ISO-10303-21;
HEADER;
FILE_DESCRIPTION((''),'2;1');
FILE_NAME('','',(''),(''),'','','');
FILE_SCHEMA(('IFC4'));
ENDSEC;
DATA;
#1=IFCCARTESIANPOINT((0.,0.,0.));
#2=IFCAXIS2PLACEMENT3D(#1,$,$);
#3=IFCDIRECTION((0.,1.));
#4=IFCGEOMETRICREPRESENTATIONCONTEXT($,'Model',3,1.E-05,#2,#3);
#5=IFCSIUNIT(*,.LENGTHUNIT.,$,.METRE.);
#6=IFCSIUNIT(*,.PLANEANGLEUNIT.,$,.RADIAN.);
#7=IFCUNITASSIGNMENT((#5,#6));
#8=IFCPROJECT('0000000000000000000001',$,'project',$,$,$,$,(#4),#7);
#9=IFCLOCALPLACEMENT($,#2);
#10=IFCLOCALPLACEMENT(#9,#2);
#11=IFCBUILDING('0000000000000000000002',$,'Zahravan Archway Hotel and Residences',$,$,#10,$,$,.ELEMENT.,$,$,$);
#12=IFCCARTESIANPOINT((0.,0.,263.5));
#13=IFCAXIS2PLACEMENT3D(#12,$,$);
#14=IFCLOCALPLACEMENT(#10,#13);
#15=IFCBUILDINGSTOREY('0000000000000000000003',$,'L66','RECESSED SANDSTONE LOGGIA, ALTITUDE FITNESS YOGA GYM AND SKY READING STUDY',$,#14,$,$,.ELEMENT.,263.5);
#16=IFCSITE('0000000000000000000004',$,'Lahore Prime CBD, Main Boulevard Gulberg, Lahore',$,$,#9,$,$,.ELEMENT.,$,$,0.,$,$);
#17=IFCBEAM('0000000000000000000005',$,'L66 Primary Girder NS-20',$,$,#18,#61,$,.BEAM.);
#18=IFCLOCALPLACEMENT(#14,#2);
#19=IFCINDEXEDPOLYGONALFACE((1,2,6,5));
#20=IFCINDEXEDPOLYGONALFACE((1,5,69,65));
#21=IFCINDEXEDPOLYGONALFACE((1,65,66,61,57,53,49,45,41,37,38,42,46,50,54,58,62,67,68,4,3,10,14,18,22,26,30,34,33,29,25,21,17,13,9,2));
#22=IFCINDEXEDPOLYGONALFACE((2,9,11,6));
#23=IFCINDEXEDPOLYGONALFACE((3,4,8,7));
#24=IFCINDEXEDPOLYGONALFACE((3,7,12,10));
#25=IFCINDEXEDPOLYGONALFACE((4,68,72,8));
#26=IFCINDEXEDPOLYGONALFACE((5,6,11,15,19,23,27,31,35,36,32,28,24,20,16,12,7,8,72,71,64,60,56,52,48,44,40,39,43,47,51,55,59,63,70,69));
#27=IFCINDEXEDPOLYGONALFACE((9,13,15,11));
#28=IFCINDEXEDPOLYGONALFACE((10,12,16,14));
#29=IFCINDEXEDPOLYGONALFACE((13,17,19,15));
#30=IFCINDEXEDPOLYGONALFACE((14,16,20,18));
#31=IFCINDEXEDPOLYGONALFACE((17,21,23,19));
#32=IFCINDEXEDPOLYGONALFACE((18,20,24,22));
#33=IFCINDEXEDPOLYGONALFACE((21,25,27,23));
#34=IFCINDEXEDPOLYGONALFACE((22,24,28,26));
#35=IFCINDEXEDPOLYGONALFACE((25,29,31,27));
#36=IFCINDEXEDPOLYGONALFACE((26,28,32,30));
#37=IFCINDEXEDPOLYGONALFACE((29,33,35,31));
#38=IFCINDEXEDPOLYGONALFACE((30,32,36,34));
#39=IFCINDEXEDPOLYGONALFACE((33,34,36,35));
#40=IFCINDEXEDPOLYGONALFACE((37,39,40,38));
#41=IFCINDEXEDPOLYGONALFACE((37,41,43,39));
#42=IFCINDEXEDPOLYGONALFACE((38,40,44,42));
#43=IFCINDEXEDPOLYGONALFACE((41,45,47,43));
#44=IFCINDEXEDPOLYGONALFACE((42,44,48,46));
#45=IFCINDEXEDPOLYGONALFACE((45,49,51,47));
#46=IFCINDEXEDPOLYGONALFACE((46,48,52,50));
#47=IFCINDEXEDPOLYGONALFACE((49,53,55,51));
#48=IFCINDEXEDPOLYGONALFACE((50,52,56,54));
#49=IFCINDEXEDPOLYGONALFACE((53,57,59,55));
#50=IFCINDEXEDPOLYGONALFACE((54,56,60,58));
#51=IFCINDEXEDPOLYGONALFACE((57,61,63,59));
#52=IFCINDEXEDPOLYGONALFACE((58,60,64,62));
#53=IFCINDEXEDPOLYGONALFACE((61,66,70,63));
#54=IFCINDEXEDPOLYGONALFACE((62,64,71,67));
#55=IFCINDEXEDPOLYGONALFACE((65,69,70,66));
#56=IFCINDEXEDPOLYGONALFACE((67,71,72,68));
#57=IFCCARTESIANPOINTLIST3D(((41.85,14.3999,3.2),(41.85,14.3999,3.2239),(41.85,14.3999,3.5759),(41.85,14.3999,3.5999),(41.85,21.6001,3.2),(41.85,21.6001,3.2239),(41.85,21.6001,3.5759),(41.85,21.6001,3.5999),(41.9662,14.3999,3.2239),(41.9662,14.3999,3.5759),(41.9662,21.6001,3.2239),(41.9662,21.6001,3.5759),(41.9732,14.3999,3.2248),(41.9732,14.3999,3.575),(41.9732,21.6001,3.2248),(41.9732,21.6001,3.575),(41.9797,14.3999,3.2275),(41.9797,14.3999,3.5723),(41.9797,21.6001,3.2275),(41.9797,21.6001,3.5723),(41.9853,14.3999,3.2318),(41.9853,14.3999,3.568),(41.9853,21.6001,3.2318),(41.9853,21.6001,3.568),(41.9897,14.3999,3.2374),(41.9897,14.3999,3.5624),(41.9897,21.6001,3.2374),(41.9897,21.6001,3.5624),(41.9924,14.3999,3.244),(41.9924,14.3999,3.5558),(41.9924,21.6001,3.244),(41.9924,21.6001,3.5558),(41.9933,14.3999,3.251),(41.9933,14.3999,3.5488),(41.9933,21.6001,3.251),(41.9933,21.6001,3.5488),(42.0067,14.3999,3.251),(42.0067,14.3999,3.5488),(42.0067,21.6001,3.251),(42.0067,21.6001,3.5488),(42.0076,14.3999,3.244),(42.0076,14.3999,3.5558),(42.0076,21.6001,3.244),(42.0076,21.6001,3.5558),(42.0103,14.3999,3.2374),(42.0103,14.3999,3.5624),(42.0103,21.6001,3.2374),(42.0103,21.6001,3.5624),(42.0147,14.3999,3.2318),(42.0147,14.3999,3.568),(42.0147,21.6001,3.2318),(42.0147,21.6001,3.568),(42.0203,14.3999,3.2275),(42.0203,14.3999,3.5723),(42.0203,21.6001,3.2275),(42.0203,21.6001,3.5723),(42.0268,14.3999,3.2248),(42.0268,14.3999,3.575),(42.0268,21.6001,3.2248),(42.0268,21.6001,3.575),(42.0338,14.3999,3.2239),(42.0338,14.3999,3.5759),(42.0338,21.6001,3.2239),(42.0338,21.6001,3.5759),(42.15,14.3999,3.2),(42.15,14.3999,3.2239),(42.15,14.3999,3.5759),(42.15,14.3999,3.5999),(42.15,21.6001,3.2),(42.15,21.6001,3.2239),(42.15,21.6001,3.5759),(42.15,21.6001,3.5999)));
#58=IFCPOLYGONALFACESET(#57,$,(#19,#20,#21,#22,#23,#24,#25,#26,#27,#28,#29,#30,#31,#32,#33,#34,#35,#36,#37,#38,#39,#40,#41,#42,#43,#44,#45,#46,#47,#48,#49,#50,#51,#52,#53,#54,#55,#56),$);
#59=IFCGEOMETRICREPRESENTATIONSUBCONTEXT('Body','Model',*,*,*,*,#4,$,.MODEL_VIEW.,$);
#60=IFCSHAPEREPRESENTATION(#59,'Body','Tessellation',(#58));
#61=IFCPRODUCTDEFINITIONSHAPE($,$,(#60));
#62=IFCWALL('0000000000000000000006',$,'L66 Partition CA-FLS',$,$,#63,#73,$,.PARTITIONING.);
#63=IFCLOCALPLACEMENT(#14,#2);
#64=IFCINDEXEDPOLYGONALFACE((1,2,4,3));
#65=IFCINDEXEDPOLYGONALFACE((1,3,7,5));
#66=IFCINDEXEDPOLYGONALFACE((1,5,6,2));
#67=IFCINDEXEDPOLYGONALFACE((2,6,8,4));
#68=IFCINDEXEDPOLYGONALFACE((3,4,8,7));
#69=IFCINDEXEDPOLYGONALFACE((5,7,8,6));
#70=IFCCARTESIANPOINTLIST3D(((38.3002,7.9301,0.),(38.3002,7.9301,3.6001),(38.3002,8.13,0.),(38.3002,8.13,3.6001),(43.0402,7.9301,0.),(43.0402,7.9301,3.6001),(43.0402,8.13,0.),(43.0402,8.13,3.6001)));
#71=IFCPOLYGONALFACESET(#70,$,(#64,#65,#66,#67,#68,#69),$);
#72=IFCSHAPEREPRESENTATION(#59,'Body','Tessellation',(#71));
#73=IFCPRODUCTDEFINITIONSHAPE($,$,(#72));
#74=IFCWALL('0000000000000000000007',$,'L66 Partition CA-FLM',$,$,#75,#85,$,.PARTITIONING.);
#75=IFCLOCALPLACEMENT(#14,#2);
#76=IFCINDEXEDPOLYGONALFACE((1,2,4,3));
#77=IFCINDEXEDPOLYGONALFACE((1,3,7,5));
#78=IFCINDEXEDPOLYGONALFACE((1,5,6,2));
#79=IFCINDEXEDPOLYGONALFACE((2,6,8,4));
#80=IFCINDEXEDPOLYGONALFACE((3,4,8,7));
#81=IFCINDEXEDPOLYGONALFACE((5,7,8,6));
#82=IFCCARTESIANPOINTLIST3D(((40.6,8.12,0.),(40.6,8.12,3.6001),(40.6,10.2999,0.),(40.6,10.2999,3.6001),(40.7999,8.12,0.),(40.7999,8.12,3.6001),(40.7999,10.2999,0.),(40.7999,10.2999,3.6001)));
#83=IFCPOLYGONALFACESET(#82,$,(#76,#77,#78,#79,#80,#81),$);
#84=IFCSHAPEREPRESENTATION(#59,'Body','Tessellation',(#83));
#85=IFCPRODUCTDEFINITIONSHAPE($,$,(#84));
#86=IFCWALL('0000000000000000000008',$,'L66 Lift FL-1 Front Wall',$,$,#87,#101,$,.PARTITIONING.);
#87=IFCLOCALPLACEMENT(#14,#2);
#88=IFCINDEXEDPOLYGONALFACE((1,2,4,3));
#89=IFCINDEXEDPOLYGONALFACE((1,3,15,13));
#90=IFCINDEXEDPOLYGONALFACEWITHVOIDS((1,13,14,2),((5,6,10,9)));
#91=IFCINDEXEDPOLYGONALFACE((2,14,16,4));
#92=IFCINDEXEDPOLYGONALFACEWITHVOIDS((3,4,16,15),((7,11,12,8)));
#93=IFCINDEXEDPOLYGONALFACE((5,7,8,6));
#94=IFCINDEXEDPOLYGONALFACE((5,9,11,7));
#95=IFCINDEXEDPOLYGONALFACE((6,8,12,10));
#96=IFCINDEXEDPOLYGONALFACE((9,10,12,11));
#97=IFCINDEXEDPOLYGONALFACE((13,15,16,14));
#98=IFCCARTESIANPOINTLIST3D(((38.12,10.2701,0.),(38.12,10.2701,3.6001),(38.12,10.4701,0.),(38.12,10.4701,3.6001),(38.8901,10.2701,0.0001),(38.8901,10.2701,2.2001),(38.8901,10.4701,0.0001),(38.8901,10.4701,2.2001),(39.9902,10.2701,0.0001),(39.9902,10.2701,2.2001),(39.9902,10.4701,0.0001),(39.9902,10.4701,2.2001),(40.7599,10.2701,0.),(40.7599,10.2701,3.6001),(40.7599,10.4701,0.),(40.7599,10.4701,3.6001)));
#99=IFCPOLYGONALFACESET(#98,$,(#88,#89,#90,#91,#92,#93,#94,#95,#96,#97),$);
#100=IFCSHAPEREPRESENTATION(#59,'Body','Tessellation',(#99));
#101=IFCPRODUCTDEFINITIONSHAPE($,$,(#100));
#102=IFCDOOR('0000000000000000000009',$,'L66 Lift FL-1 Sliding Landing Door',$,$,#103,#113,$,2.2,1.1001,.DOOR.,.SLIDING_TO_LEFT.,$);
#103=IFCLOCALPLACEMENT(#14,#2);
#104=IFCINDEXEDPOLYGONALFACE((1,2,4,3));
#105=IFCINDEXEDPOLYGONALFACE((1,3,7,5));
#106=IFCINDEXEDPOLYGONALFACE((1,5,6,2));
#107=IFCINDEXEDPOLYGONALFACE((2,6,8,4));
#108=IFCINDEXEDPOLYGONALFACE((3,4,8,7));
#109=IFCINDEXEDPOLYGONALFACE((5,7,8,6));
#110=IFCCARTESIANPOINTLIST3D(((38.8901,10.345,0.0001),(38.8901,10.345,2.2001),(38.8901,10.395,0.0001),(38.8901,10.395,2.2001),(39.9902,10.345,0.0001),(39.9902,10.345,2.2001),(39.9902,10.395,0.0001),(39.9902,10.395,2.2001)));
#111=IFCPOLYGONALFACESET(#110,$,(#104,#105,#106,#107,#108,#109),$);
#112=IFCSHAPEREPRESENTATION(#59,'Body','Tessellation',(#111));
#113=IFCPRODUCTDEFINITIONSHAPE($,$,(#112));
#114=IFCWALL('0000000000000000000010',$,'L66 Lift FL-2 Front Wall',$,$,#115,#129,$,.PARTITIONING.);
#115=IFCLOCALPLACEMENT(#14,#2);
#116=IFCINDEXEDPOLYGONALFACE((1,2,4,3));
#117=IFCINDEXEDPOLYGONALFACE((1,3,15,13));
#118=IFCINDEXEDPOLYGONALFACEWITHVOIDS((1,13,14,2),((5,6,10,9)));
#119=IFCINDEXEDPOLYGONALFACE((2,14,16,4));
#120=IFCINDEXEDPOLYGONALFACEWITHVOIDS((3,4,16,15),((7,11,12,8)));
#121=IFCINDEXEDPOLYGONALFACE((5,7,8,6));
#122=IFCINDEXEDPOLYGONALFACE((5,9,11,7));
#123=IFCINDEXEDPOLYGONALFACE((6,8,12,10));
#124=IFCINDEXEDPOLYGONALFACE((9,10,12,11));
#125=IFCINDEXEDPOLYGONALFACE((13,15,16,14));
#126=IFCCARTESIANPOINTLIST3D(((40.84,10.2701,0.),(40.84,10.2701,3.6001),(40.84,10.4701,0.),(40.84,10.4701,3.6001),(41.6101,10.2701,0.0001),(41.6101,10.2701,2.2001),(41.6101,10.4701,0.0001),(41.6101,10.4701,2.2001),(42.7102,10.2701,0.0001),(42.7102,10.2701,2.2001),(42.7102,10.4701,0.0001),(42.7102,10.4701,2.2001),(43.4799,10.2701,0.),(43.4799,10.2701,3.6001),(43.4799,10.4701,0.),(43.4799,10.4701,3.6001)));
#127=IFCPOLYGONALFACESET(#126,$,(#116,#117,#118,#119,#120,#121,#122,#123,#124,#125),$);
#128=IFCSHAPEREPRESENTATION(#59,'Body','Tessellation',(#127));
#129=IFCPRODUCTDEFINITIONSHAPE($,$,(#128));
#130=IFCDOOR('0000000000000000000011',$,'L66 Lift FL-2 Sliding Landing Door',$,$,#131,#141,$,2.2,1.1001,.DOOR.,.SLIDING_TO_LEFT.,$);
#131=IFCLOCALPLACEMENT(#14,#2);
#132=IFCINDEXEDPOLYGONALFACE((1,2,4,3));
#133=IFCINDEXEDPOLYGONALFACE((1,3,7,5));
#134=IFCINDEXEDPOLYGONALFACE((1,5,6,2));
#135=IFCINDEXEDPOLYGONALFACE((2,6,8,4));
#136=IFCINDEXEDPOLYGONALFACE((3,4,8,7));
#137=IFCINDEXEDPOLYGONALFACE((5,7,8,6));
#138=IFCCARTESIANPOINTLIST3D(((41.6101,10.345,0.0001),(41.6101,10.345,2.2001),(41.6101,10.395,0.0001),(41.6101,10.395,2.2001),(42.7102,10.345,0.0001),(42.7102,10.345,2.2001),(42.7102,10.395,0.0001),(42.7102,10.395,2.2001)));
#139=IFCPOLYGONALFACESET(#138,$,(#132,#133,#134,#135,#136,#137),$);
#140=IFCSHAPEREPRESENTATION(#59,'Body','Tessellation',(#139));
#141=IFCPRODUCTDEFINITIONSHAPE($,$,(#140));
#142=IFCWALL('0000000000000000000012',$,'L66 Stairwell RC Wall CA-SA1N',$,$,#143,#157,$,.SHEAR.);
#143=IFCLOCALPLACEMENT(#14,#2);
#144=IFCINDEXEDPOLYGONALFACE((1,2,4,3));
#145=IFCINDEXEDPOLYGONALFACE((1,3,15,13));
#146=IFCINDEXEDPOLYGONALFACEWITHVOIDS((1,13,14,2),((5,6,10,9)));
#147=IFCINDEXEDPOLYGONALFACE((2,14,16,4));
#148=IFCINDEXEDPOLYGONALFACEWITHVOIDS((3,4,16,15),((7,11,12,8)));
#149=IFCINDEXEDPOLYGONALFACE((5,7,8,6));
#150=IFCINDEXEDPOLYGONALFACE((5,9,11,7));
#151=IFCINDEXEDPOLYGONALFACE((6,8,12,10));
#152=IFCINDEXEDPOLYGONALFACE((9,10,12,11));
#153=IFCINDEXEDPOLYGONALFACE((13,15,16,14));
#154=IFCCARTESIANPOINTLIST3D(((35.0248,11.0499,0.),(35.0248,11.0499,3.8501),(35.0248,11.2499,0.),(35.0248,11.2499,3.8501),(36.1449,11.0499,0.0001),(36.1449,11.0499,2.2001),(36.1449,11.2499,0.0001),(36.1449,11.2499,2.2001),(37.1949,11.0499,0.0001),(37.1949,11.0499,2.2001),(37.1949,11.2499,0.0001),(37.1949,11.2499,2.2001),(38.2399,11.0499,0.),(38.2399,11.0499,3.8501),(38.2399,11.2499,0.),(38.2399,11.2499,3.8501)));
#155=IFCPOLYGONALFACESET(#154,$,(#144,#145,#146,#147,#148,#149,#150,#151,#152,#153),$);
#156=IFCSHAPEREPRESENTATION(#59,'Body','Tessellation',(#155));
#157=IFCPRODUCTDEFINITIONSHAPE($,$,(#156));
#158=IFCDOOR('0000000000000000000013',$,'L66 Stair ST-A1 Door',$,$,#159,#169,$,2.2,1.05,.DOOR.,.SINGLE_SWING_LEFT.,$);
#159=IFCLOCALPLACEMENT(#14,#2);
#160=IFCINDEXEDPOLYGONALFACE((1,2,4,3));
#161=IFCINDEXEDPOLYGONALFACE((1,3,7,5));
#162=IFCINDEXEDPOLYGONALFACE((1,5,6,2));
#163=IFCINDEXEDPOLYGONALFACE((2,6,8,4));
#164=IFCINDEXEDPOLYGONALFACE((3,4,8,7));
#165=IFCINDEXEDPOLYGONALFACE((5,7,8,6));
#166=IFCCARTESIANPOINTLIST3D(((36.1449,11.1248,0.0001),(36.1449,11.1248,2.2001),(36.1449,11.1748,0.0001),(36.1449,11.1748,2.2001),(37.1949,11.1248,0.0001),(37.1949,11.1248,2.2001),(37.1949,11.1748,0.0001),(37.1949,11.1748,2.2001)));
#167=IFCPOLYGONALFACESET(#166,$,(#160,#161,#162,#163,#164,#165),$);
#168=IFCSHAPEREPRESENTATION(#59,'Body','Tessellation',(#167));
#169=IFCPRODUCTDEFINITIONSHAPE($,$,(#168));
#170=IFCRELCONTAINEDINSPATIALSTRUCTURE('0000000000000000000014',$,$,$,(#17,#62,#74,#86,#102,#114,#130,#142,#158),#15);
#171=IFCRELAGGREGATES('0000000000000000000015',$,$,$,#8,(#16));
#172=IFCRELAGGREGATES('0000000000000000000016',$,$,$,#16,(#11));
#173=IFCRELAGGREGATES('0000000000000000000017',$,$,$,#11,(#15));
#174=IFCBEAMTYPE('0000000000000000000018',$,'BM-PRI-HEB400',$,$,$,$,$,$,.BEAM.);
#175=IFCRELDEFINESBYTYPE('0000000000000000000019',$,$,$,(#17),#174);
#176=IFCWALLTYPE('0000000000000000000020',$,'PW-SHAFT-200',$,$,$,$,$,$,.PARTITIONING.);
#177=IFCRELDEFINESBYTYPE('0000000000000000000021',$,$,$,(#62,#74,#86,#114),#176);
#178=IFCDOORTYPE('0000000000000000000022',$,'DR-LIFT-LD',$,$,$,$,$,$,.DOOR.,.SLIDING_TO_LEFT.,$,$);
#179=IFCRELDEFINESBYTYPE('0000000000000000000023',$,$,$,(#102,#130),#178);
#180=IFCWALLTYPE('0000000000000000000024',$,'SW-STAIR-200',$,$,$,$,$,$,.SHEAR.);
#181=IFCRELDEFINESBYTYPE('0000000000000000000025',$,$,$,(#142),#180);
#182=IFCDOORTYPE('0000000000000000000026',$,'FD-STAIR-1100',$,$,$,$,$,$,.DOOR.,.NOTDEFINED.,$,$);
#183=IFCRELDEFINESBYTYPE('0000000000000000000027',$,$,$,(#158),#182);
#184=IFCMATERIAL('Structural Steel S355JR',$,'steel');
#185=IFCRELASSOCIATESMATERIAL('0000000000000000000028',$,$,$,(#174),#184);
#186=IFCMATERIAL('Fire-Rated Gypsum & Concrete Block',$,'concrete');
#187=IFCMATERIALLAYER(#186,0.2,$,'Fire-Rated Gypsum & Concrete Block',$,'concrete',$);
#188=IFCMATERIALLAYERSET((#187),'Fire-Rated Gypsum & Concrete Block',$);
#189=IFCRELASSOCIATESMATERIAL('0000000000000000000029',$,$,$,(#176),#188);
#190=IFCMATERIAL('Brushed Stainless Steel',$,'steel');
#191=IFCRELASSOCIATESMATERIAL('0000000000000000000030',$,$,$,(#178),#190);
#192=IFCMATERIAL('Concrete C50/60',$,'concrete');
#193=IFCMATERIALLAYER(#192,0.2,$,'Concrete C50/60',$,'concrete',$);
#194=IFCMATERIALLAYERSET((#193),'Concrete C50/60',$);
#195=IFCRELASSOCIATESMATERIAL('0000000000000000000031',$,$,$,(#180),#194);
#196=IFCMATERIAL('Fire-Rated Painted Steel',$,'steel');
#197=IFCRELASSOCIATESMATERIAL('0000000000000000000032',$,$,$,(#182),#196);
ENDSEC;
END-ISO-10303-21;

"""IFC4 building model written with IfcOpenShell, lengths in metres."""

from ifc_helpers import new_model, si_unit, direction, frame, frame_2d, origin, origin_2d, place, context, subcontext, project, spatial, rectangle, i_section, extrude, source, transform, mapped, material, layer, layer_set, material_profile, profile_set, type_object, type_shapes, element, fill, save


model = new_model("IFC4")

# Units and contexts
model_context = context("Model", 3, precision=1e-05, world=origin(), true_north=direction((0.0, 1.0)))
body_context = subcontext(model_context, "Body", "Model", "MODEL_VIEW")
ifc_project = project(units=[si_unit("LENGTHUNIT", "METRE"), si_unit("PLANEANGLEUNIT", "RADIAN")], contexts=[model_context])

# Site, building, storey
site_placement = place(None, origin())
site = spatial("IfcSite", under=ifc_project, at=site_placement, Name="Lahore Prime CBD, Main Boulevard Gulberg, Lahore", CompositionType="ELEMENT", RefElevation=0.0)
building_placement = place(site_placement, origin())
building = spatial("IfcBuilding", under=site, at=building_placement, Name="Zahravan Archway Hotel and Residences", CompositionType="ELEMENT")
storey_placement = place(building_placement, frame((0.0, 0.0, 263.5)))
storey = spatial("IfcBuildingStorey", under=building, at=storey_placement, Name="L66", Description="RECESSED SANDSTONE LOGGIA, ALTITUDE FITNESS YOGA GYM AND SKY READING STUDY", CompositionType="ELEMENT", Elevation=263.5)

# Shared definitions
ifc_material_1 = material(Name="Concrete C50/60", Category="concrete")

# Beam
ifc_material_2 = material(Name="Structural Steel S355JR", Category="steel")
ifc_material_profile_1 = material_profile(ifc_material_2, i_section(OverallWidth=0.3, OverallDepth=0.3999, WebThickness=0.0134, FlangeThickness=0.0239, FilletRadius=0.0271, at=origin_2d()), Name="HEB 400", Category="steel")
ifc_profile_set_1 = profile_set([ifc_material_profile_1], Name="Structural Steel S355JR")
beam_type = type_object("IfcBeamType", Name="BM-PRI-HEB400", PredefinedType="BEAM", material=ifc_profile_set_1)
shared_shape_1 = source(origin(), body_context, "Body", "SweptSolid", [
    extrude(i_section(OverallWidth=0.3, OverallDepth=0.3999, WebThickness=0.0134, FlangeThickness=0.0239, FilletRadius=0.0271, at=origin_2d()), origin(), (0.0, 0.0, 1.0), 7.2002),
])
for number, where, z_axis, x_axis, name in (
    (1, (42.0, 14.3999, 3.3999), (0.0, 1.0, 0.0), (-1.0, 0.0, 0.0), "L66 Primary Girder NS-20"),
):
    element("IfcBeam", number, at=place(storey_placement, frame(where, z_axis=z_axis, x_axis=x_axis)), inside=storey, type_object=beam_type, Name=name, PredefinedType="BEAM", context=body_context, shape_type="MappedRepresentation", body=[
        mapped(shared_shape_1, transform((0.0, 0.0, 0.0), scale=1.0)),
    ])

# Shared definitions
ifc_material_3 = material(Name="Fire-Rated Painted Steel", Category="steel")

# Shared definitions
ifc_material_4 = material(Name="Fire-Rated Gypsum & Concrete Block", Category="concrete")

# Walls
ifc_layer_1 = layer(ifc_material_4, 0.2, Name="Fire-Rated Gypsum & Concrete Block", Category="concrete")
ifc_layer_set_1 = layer_set([ifc_layer_1], Name="Fire-Rated Gypsum & Concrete Block")
wall_type_1 = type_object("IfcWallType", Name="PW-SHAFT-200", PredefinedType="PARTITIONING", material=ifc_layer_set_1)
wall_1_placement = place(storey_placement, frame((38.3, 8.03, 0.0), z_axis=(0.0, 0.0, 1.0), x_axis=(1.0, 0.0, 0.0)))
element("IfcWall", 2, at=wall_1_placement, inside=storey, type_object=wall_type_1, Name="L66 Partition CA-FLS", PredefinedType="PARTITIONING", context=body_context, shape_type="SweptSolid", body=[
    extrude(rectangle(XDim=4.74, YDim=0.2, at=frame_2d((2.3701, 0.0))), origin(), (0.0, 0.0, 1.0), 3.6001),
])
wall_2_placement = place(storey_placement, frame((40.7, 8.1201, 0.0), z_axis=(0.0, 0.0, 1.0), x_axis=(0.0, 1.0, 0.0)))
element("IfcWall", 3, at=wall_2_placement, inside=storey, type_object=wall_type_1, Name="L66 Partition CA-FLM", PredefinedType="PARTITIONING", context=body_context, shape_type="SweptSolid", body=[
    extrude(rectangle(XDim=2.1799, YDim=0.2, at=frame_2d((1.0898, 0.0))), origin(), (0.0, 0.0, 1.0), 3.6001),
])

# Walls, openings, doors
wall_3_placement = place(storey_placement, frame((38.1201, 10.3701, 0.0), z_axis=(0.0, 0.0, 1.0), x_axis=(1.0, 0.0, 0.0)))
wall_3 = element("IfcWall", 4, at=wall_3_placement, inside=storey, type_object=wall_type_1, Name="L66 Lift FL-1 Front Wall", PredefinedType="PARTITIONING", context=body_context, shape_type="SweptSolid", body=[
    extrude(rectangle(XDim=2.6399, YDim=0.2, at=frame_2d((1.3198, 0.0))), origin(), (0.0, 0.0, 1.0), 3.6001),
])
opening_1_placement = place(wall_3_placement, frame((0.77, 0.0, 0.0)))
opening_1 = element("IfcOpeningElement", 5, at=opening_1_placement, cuts=wall_3, PredefinedType="OPENING", context=body_context, shape_type="SweptSolid", body=[
    extrude(rectangle(XDim=1.1001, YDim=2.2, at=frame_2d((0.55, 1.1001))), frame((0.0, 0.1099, 0.0), z_axis=(0.0, -1.0, 0.0), x_axis=(1.0, 0.0, 0.0)), (0.0, 0.0, 1.0), 0.22),
])
ifc_material_5 = material(Name="Brushed Stainless Steel", Category="steel")
door_type_1 = type_object("IfcDoorType", Name="DR-LIFT-LD", OperationType="SLIDING_TO_LEFT", PredefinedType="DOOR", material=ifc_material_5)
shared_shape_2 = source(origin(), body_context, "Body", "SweptSolid", [
    extrude(rectangle(XDim=1.1001, YDim=2.2, at=frame_2d((0.55, 1.1001))), frame((0.0, 0.0249, 0.0), z_axis=(0.0, -1.0, 0.0), x_axis=(1.0, 0.0, 0.0)), (0.0, 0.0, 1.0), 0.05),
])
type_shapes(door_type_1, [shared_shape_2])
door_1_placement = place(opening_1_placement, origin())
door_1 = element("IfcDoor", 6, at=door_1_placement, inside=storey, type_object=door_type_1, Name="L66 Lift FL-1 Sliding Landing Door", OperationType="SLIDING_TO_LEFT", OverallHeight=2.2, OverallWidth=1.1001, PredefinedType="DOOR", context=body_context, shape_type="MappedRepresentation", body=[
    mapped(shared_shape_2, transform((0.0, 0.0, 0.0), scale=1.0)),
])
fill(opening_1, door_1)
wall_4_placement = place(storey_placement, frame((40.8401, 10.3701, 0.0), z_axis=(0.0, 0.0, 1.0), x_axis=(1.0, 0.0, 0.0)))
wall_4 = element("IfcWall", 7, at=wall_4_placement, inside=storey, type_object=wall_type_1, Name="L66 Lift FL-2 Front Wall", PredefinedType="PARTITIONING", context=body_context, shape_type="SweptSolid", body=[
    extrude(rectangle(XDim=2.6399, YDim=0.2, at=frame_2d((1.3198, 0.0))), origin(), (0.0, 0.0, 1.0), 3.6001),
])
opening_2_placement = place(wall_4_placement, frame((0.77, 0.0, 0.0)))
opening_2 = element("IfcOpeningElement", 8, at=opening_2_placement, cuts=wall_4, PredefinedType="OPENING", context=body_context, shape_type="SweptSolid", body=[
    extrude(rectangle(XDim=1.1001, YDim=2.2, at=frame_2d((0.55, 1.1001))), frame((0.0, 0.1099, 0.0), z_axis=(0.0, -1.0, 0.0), x_axis=(1.0, 0.0, 0.0)), (0.0, 0.0, 1.0), 0.22),
])
door_2_placement = place(opening_2_placement, origin())
door_2 = element("IfcDoor", 9, at=door_2_placement, inside=storey, type_object=door_type_1, Name="L66 Lift FL-2 Sliding Landing Door", OperationType="SLIDING_TO_LEFT", OverallHeight=2.2, OverallWidth=1.1001, PredefinedType="DOOR", context=body_context, shape_type="MappedRepresentation", body=[
    mapped(shared_shape_2, transform((0.0, 0.0, 0.0), scale=1.0)),
])
fill(opening_2, door_2)
ifc_layer_2 = layer(ifc_material_1, 0.2, Name="Concrete C50/60", Category="concrete")
ifc_layer_set_2 = layer_set([ifc_layer_2], Name="Concrete C50/60")
wall_type_2 = type_object("IfcWallType", Name="SW-STAIR-200", PredefinedType="SHEAR", material=ifc_layer_set_2)
wall_5_placement = place(storey_placement, frame((35.0249, 11.1499, 0.0), z_axis=(0.0, 0.0, 1.0), x_axis=(1.0, 0.0, 0.0)))
wall_5 = element("IfcWall", 10, at=wall_5_placement, inside=storey, type_object=wall_type_2, Name="L66 Stairwell RC Wall CA-SA1N", PredefinedType="SHEAR", context=body_context, shape_type="SweptSolid", body=[
    extrude(rectangle(XDim=3.2151, YDim=0.2, at=frame_2d((1.6074, 0.0))), origin(), (0.0, 0.0, 1.0), 3.8501),
])
opening_3_placement = place(wall_5_placement, frame((1.1201, 0.0, 0.0)))
opening_3 = element("IfcOpeningElement", 11, at=opening_3_placement, cuts=wall_5, PredefinedType="OPENING", context=body_context, shape_type="SweptSolid", body=[
    extrude(rectangle(XDim=1.05, YDim=2.2, at=frame_2d((0.5249, 1.1001))), frame((0.0, 0.1099, 0.0), z_axis=(0.0, -1.0, 0.0), x_axis=(1.0, 0.0, 0.0)), (0.0, 0.0, 1.0), 0.22),
])
door_type_2 = type_object("IfcDoorType", Name="FD-STAIR-1100", OperationType="NOTDEFINED", PredefinedType="DOOR", material=ifc_material_3)
shared_shape_3 = source(origin(), body_context, "Body", "SweptSolid", [
    extrude(rectangle(XDim=1.05, YDim=2.2, at=frame_2d((0.5249, 1.1001))), frame((0.0, 0.0249, 0.0), z_axis=(0.0, -1.0, 0.0), x_axis=(1.0, 0.0, 0.0)), (0.0, 0.0, 1.0), 0.05),
])
type_shapes(door_type_2, [shared_shape_3])
door_3_placement = place(opening_3_placement, origin())
door_3 = element("IfcDoor", 12, at=door_3_placement, inside=storey, type_object=door_type_2, Name="L66 Stair ST-A1 Door", OperationType="SINGLE_SWING_LEFT", OverallHeight=2.2, OverallWidth=1.05, PredefinedType="DOOR", context=body_context, shape_type="MappedRepresentation", body=[
    mapped(shared_shape_3, transform((0.0, 0.0, 0.0), scale=1.0)),
])
fill(opening_3, door_3)

save(model, "model.ifc")
